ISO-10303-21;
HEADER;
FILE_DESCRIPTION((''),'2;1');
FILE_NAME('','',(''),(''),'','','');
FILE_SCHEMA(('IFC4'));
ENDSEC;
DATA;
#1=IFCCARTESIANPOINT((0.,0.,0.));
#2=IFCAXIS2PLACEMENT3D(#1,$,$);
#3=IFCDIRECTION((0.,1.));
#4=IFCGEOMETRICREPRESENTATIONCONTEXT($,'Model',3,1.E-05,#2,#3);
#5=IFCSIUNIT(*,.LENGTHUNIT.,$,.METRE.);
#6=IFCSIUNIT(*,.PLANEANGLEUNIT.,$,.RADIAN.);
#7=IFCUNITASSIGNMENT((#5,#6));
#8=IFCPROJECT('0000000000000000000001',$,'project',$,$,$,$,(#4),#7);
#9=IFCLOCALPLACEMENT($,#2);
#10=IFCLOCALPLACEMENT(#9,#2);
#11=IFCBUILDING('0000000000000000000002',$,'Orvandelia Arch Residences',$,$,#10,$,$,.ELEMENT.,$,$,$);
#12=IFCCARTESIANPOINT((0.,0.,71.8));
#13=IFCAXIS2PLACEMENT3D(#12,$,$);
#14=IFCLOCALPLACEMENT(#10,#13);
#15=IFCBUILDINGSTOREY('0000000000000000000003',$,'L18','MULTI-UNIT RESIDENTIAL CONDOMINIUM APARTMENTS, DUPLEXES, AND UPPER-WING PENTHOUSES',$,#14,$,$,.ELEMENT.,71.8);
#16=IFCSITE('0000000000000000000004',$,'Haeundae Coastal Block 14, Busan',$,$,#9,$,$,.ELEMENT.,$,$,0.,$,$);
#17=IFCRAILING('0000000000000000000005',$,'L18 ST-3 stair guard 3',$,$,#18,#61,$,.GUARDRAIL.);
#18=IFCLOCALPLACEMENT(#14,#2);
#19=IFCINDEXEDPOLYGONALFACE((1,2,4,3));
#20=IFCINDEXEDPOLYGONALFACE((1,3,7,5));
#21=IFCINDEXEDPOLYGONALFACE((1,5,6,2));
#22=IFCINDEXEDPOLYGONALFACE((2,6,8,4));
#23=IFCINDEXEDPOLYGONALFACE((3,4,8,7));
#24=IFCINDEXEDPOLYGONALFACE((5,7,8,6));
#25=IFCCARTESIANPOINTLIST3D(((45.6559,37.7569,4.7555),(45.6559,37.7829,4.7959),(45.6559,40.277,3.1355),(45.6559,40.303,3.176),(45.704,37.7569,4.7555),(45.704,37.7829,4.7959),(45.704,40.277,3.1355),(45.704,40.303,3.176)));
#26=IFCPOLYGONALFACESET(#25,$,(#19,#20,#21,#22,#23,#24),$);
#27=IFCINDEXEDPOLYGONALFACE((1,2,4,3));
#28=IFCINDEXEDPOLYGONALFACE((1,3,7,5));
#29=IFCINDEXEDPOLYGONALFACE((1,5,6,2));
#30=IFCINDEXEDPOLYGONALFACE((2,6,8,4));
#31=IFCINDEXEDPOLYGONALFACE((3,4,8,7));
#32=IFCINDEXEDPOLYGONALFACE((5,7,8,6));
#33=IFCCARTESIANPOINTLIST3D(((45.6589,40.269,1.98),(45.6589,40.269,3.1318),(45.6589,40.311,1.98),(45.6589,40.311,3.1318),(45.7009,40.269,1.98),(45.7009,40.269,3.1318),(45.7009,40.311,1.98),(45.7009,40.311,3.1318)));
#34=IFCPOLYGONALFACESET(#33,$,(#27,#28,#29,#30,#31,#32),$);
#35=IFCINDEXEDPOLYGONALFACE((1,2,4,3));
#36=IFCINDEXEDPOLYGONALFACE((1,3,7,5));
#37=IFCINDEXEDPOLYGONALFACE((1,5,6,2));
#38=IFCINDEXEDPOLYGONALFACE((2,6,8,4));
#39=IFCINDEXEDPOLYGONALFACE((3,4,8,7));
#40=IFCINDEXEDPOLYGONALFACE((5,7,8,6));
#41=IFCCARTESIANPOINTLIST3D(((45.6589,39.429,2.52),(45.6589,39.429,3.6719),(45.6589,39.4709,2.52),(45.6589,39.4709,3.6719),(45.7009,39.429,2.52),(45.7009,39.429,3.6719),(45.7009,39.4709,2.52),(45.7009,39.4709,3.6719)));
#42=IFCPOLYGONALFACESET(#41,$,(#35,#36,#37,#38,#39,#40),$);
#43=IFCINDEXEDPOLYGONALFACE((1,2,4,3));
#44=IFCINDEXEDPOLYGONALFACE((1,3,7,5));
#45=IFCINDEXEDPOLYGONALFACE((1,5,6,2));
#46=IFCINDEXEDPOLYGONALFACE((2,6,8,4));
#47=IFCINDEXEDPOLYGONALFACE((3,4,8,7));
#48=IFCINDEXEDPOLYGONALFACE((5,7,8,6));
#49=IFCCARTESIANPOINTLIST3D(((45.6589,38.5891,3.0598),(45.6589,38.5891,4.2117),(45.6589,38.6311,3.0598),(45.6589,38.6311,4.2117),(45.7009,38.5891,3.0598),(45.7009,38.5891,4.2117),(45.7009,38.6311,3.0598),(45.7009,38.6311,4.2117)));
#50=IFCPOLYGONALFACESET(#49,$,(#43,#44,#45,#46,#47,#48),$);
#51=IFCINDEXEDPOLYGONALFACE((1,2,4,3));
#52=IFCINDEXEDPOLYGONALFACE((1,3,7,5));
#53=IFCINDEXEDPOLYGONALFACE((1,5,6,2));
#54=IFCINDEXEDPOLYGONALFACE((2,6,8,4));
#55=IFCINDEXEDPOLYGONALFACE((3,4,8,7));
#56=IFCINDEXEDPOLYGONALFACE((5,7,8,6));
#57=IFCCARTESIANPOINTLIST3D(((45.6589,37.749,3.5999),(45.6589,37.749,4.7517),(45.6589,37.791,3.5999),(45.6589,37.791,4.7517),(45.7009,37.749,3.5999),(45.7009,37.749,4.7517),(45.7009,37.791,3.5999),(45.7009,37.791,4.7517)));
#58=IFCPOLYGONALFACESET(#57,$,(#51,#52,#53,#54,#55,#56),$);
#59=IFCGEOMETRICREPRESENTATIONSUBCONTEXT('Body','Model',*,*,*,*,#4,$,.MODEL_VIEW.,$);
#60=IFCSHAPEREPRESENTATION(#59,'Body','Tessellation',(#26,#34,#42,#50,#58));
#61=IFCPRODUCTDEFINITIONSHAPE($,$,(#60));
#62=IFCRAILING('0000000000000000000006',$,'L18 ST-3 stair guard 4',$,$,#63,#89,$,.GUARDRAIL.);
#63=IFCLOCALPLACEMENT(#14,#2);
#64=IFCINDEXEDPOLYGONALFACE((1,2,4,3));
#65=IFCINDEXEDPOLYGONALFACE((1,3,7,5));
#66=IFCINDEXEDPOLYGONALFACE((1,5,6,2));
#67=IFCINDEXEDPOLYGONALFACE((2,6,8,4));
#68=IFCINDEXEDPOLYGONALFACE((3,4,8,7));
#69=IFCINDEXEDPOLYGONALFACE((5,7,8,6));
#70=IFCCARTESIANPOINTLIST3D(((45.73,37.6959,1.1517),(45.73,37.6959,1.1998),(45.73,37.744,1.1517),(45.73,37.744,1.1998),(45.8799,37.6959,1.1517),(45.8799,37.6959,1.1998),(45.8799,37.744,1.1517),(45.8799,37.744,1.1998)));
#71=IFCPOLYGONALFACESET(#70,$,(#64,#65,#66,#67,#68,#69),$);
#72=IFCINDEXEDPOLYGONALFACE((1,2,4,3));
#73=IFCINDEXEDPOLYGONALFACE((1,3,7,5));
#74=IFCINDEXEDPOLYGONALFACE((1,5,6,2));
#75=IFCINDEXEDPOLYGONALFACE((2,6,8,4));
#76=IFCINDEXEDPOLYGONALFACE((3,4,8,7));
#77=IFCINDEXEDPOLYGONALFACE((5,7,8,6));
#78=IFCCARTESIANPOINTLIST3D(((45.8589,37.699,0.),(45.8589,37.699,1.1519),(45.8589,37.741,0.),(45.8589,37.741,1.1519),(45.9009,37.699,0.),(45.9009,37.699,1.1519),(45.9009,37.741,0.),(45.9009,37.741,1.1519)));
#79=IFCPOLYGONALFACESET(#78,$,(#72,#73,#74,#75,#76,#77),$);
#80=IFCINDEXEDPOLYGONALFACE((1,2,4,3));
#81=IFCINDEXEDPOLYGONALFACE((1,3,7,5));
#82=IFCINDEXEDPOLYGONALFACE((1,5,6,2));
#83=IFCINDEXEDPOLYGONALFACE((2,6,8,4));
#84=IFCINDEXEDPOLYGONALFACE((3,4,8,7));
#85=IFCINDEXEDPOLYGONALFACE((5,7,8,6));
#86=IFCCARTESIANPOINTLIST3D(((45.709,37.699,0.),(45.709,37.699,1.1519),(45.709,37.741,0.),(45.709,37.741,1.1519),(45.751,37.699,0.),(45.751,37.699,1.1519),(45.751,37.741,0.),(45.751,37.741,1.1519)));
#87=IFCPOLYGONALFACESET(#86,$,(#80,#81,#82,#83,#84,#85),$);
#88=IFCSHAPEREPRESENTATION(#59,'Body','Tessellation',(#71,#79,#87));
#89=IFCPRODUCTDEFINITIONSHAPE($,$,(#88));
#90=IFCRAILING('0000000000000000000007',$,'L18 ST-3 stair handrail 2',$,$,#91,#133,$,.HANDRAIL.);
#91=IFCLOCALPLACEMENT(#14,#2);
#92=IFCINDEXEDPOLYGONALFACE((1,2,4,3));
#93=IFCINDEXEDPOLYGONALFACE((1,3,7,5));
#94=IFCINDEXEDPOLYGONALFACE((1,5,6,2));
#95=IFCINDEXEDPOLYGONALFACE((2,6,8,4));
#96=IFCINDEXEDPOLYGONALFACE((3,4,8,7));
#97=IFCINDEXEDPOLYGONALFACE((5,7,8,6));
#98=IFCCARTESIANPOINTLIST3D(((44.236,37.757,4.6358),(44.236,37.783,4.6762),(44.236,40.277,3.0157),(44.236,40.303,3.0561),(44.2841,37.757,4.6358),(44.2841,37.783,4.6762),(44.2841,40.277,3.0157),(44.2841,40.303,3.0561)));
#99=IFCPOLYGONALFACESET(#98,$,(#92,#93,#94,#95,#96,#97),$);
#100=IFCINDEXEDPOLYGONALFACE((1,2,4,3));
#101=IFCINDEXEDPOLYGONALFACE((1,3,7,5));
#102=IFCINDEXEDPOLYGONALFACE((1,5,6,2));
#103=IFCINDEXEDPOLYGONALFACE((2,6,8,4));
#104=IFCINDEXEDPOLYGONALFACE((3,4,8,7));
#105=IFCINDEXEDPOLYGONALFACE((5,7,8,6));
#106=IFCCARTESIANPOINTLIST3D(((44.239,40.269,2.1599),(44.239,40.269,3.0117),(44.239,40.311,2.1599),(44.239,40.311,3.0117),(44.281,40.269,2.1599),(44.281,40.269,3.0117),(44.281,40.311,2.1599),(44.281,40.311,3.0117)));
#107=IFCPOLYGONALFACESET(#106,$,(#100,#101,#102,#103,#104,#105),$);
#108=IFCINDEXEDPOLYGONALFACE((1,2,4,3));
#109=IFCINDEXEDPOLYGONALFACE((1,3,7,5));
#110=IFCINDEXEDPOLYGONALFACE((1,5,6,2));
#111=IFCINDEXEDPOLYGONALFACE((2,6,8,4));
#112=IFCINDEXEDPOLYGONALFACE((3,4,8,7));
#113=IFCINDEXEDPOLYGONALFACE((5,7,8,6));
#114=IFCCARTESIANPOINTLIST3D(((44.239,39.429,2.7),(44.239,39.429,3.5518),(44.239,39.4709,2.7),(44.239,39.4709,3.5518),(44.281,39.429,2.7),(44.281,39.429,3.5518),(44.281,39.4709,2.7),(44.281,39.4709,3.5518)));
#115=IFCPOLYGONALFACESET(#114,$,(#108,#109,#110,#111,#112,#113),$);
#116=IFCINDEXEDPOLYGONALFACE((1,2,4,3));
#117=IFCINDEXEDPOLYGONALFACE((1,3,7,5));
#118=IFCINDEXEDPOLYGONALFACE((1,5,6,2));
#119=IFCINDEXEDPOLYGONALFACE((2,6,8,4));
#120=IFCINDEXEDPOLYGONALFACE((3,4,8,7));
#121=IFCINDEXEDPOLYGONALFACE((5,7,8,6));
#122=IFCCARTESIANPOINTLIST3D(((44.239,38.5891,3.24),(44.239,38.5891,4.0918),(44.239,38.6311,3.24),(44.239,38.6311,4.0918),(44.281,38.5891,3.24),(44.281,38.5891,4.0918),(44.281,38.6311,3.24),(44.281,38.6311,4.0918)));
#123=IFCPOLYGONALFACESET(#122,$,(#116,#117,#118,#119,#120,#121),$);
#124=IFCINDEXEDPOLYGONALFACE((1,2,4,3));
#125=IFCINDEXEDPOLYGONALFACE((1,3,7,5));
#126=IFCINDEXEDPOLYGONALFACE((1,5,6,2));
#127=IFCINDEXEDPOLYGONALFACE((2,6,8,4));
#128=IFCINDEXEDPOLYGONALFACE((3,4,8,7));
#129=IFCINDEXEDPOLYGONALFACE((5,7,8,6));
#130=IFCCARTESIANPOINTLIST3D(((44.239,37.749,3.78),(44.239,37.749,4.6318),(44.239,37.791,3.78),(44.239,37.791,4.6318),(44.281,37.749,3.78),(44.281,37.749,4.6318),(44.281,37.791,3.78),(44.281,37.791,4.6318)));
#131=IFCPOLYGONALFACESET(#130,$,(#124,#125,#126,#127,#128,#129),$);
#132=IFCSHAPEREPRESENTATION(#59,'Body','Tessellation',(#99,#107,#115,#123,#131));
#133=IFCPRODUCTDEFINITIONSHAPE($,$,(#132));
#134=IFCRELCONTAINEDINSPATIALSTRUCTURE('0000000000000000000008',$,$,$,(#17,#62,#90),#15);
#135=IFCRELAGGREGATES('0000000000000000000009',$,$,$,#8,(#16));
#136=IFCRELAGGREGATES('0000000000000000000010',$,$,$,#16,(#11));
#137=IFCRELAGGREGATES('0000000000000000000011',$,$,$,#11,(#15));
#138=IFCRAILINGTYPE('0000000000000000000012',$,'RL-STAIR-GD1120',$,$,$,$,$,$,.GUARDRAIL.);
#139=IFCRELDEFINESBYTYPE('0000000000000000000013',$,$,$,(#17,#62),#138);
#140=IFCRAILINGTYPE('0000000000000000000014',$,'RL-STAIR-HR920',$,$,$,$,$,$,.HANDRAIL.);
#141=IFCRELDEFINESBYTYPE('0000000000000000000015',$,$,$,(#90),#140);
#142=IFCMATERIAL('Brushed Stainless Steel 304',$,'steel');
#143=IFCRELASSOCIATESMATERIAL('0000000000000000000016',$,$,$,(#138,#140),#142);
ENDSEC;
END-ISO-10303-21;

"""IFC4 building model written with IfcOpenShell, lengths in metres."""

from ifc_helpers import new_model, si_unit, direction, frame, origin, origin_2d, place, context, subcontext, project, spatial, rectangle, extrude, material, type_object, element, save


model = new_model("IFC4")

# Units and contexts
model_context = context("Model", 3, precision=1e-05, world=origin(), true_north=direction((0.0, 1.0)))
body_context = subcontext(model_context, "Body", "Model", "MODEL_VIEW")
ifc_project = project(units=[si_unit("LENGTHUNIT", "METRE"), si_unit("PLANEANGLEUNIT", "RADIAN")], contexts=[model_context])

# Site, building, storey
site_placement = place(None, origin())
site = spatial("IfcSite", under=ifc_project, at=site_placement, Name="Haeundae Coastal Block 14, Busan", CompositionType="ELEMENT", RefElevation=0.0)
building_placement = place(site_placement, origin())
building = spatial("IfcBuilding", under=site, at=building_placement, Name="Orvandelia Arch Residences", CompositionType="ELEMENT")
storey_placement = place(building_placement, frame((0.0, 0.0, 71.8)))
storey = spatial("IfcBuildingStorey", under=building, at=storey_placement, Name="L18", Description="MULTI-UNIT RESIDENTIAL CONDOMINIUM APARTMENTS, DUPLEXES, AND UPPER-WING PENTHOUSES", CompositionType="ELEMENT", Elevation=71.8)

# Railings
ifc_material_1 = material(Name="Brushed Stainless Steel 304", Category="steel")
railing_type_1 = type_object("IfcRailingType", Name="RL-STAIR-GD1120", PredefinedType="GUARDRAIL", material=ifc_material_1)
railing_1_placement = place(storey_placement, frame((45.6799, 40.29, 1.98)))
element("IfcRailing", 1, at=railing_1_placement, inside=storey, type_object=railing_type_1, Name="L18 ST-3 stair guard 3", PredefinedType="GUARDRAIL", context=body_context, shape_type="SweptSolid", body=[
    extrude(rectangle(XDim=0.0481, YDim=0.0481, at=origin_2d()), frame((0.0, 0.0, 1.1758), z_axis=(0.0, -0.8412, 0.540725), x_axis=(1.0, 0.0, 0.0)), (0.0, 0.0, 1.0), 2.9958),
    extrude(rectangle(XDim=0.042, YDim=0.042, at=origin_2d()), origin(), (0.0, 0.0, 1.0), 1.1519),
    extrude(rectangle(XDim=0.042, YDim=0.042, at=origin_2d()), frame((0.0, -0.8401, 0.54)), (0.0, 0.0, 1.0), 1.1519),
    extrude(rectangle(XDim=0.042, YDim=0.042, at=origin_2d()), frame((0.0, -1.6799, 1.0798)), (0.0, 0.0, 1.0), 1.1519),
    extrude(rectangle(XDim=0.042, YDim=0.042, at=origin_2d()), frame((0.0, -2.52, 1.6199)), (0.0, 0.0, 1.0), 1.1519),
])
railing_2_placement = place(storey_placement, frame((45.8799, 37.72, 0.0)))
element("IfcRailing", 2, at=railing_2_placement, inside=storey, type_object=railing_type_1, Name="L18 ST-3 stair guard 4", PredefinedType="GUARDRAIL", context=body_context, shape_type="SweptSolid", body=[
    extrude(rectangle(XDim=0.0481, YDim=0.0481, at=origin_2d()), frame((0.0, 0.0, 1.1758), z_axis=(-1.0, 0.0, 0.0), x_axis=(0.0, -1.0, 0.0)), (0.0, 0.0, 1.0), 0.1499),
    extrude(rectangle(XDim=0.042, YDim=0.042, at=origin_2d()), origin(), (0.0, 0.0, 1.0), 1.1519),
    extrude(rectangle(XDim=0.042, YDim=0.042, at=origin_2d()), frame((-0.1499, 0.0, 0.0)), (0.0, 0.0, 1.0), 1.1519),
])
railing_type_2 = type_object("IfcRailingType", Name="RL-STAIR-HR920", PredefinedType="HANDRAIL", material=ifc_material_1)
railing_3_placement = place(storey_placement, frame((44.26, 40.29, 2.1599)))
element("IfcRailing", 3, at=railing_3_placement, inside=storey, type_object=railing_type_2, Name="L18 ST-3 stair handrail 2", PredefinedType="HANDRAIL", context=body_context, shape_type="SweptSolid", body=[
    extrude(rectangle(XDim=0.0481, YDim=0.0481, at=origin_2d()), frame((0.0, 0.0, 0.876), z_axis=(0.0, -0.841163, 0.540782), x_axis=(1.0, 0.0, 0.0)), (0.0, 0.0, 1.0), 2.9958),
    extrude(rectangle(XDim=0.042, YDim=0.042, at=origin_2d()), origin(), (0.0, 0.0, 1.0), 0.8518),
    extrude(rectangle(XDim=0.042, YDim=0.042, at=origin_2d()), frame((0.0, -0.8401, 0.54)), (0.0, 0.0, 1.0), 0.8518),
    extrude(rectangle(XDim=0.042, YDim=0.042, at=origin_2d()), frame((0.0, -1.6799, 1.0801)), (0.0, 0.0, 1.0), 0.8518),
    extrude(rectangle(XDim=0.042, YDim=0.042, at=origin_2d()), frame((0.0, -2.52, 1.6201)), (0.0, 0.0, 1.0), 0.8518),
])

save(model, "model.ifc")
